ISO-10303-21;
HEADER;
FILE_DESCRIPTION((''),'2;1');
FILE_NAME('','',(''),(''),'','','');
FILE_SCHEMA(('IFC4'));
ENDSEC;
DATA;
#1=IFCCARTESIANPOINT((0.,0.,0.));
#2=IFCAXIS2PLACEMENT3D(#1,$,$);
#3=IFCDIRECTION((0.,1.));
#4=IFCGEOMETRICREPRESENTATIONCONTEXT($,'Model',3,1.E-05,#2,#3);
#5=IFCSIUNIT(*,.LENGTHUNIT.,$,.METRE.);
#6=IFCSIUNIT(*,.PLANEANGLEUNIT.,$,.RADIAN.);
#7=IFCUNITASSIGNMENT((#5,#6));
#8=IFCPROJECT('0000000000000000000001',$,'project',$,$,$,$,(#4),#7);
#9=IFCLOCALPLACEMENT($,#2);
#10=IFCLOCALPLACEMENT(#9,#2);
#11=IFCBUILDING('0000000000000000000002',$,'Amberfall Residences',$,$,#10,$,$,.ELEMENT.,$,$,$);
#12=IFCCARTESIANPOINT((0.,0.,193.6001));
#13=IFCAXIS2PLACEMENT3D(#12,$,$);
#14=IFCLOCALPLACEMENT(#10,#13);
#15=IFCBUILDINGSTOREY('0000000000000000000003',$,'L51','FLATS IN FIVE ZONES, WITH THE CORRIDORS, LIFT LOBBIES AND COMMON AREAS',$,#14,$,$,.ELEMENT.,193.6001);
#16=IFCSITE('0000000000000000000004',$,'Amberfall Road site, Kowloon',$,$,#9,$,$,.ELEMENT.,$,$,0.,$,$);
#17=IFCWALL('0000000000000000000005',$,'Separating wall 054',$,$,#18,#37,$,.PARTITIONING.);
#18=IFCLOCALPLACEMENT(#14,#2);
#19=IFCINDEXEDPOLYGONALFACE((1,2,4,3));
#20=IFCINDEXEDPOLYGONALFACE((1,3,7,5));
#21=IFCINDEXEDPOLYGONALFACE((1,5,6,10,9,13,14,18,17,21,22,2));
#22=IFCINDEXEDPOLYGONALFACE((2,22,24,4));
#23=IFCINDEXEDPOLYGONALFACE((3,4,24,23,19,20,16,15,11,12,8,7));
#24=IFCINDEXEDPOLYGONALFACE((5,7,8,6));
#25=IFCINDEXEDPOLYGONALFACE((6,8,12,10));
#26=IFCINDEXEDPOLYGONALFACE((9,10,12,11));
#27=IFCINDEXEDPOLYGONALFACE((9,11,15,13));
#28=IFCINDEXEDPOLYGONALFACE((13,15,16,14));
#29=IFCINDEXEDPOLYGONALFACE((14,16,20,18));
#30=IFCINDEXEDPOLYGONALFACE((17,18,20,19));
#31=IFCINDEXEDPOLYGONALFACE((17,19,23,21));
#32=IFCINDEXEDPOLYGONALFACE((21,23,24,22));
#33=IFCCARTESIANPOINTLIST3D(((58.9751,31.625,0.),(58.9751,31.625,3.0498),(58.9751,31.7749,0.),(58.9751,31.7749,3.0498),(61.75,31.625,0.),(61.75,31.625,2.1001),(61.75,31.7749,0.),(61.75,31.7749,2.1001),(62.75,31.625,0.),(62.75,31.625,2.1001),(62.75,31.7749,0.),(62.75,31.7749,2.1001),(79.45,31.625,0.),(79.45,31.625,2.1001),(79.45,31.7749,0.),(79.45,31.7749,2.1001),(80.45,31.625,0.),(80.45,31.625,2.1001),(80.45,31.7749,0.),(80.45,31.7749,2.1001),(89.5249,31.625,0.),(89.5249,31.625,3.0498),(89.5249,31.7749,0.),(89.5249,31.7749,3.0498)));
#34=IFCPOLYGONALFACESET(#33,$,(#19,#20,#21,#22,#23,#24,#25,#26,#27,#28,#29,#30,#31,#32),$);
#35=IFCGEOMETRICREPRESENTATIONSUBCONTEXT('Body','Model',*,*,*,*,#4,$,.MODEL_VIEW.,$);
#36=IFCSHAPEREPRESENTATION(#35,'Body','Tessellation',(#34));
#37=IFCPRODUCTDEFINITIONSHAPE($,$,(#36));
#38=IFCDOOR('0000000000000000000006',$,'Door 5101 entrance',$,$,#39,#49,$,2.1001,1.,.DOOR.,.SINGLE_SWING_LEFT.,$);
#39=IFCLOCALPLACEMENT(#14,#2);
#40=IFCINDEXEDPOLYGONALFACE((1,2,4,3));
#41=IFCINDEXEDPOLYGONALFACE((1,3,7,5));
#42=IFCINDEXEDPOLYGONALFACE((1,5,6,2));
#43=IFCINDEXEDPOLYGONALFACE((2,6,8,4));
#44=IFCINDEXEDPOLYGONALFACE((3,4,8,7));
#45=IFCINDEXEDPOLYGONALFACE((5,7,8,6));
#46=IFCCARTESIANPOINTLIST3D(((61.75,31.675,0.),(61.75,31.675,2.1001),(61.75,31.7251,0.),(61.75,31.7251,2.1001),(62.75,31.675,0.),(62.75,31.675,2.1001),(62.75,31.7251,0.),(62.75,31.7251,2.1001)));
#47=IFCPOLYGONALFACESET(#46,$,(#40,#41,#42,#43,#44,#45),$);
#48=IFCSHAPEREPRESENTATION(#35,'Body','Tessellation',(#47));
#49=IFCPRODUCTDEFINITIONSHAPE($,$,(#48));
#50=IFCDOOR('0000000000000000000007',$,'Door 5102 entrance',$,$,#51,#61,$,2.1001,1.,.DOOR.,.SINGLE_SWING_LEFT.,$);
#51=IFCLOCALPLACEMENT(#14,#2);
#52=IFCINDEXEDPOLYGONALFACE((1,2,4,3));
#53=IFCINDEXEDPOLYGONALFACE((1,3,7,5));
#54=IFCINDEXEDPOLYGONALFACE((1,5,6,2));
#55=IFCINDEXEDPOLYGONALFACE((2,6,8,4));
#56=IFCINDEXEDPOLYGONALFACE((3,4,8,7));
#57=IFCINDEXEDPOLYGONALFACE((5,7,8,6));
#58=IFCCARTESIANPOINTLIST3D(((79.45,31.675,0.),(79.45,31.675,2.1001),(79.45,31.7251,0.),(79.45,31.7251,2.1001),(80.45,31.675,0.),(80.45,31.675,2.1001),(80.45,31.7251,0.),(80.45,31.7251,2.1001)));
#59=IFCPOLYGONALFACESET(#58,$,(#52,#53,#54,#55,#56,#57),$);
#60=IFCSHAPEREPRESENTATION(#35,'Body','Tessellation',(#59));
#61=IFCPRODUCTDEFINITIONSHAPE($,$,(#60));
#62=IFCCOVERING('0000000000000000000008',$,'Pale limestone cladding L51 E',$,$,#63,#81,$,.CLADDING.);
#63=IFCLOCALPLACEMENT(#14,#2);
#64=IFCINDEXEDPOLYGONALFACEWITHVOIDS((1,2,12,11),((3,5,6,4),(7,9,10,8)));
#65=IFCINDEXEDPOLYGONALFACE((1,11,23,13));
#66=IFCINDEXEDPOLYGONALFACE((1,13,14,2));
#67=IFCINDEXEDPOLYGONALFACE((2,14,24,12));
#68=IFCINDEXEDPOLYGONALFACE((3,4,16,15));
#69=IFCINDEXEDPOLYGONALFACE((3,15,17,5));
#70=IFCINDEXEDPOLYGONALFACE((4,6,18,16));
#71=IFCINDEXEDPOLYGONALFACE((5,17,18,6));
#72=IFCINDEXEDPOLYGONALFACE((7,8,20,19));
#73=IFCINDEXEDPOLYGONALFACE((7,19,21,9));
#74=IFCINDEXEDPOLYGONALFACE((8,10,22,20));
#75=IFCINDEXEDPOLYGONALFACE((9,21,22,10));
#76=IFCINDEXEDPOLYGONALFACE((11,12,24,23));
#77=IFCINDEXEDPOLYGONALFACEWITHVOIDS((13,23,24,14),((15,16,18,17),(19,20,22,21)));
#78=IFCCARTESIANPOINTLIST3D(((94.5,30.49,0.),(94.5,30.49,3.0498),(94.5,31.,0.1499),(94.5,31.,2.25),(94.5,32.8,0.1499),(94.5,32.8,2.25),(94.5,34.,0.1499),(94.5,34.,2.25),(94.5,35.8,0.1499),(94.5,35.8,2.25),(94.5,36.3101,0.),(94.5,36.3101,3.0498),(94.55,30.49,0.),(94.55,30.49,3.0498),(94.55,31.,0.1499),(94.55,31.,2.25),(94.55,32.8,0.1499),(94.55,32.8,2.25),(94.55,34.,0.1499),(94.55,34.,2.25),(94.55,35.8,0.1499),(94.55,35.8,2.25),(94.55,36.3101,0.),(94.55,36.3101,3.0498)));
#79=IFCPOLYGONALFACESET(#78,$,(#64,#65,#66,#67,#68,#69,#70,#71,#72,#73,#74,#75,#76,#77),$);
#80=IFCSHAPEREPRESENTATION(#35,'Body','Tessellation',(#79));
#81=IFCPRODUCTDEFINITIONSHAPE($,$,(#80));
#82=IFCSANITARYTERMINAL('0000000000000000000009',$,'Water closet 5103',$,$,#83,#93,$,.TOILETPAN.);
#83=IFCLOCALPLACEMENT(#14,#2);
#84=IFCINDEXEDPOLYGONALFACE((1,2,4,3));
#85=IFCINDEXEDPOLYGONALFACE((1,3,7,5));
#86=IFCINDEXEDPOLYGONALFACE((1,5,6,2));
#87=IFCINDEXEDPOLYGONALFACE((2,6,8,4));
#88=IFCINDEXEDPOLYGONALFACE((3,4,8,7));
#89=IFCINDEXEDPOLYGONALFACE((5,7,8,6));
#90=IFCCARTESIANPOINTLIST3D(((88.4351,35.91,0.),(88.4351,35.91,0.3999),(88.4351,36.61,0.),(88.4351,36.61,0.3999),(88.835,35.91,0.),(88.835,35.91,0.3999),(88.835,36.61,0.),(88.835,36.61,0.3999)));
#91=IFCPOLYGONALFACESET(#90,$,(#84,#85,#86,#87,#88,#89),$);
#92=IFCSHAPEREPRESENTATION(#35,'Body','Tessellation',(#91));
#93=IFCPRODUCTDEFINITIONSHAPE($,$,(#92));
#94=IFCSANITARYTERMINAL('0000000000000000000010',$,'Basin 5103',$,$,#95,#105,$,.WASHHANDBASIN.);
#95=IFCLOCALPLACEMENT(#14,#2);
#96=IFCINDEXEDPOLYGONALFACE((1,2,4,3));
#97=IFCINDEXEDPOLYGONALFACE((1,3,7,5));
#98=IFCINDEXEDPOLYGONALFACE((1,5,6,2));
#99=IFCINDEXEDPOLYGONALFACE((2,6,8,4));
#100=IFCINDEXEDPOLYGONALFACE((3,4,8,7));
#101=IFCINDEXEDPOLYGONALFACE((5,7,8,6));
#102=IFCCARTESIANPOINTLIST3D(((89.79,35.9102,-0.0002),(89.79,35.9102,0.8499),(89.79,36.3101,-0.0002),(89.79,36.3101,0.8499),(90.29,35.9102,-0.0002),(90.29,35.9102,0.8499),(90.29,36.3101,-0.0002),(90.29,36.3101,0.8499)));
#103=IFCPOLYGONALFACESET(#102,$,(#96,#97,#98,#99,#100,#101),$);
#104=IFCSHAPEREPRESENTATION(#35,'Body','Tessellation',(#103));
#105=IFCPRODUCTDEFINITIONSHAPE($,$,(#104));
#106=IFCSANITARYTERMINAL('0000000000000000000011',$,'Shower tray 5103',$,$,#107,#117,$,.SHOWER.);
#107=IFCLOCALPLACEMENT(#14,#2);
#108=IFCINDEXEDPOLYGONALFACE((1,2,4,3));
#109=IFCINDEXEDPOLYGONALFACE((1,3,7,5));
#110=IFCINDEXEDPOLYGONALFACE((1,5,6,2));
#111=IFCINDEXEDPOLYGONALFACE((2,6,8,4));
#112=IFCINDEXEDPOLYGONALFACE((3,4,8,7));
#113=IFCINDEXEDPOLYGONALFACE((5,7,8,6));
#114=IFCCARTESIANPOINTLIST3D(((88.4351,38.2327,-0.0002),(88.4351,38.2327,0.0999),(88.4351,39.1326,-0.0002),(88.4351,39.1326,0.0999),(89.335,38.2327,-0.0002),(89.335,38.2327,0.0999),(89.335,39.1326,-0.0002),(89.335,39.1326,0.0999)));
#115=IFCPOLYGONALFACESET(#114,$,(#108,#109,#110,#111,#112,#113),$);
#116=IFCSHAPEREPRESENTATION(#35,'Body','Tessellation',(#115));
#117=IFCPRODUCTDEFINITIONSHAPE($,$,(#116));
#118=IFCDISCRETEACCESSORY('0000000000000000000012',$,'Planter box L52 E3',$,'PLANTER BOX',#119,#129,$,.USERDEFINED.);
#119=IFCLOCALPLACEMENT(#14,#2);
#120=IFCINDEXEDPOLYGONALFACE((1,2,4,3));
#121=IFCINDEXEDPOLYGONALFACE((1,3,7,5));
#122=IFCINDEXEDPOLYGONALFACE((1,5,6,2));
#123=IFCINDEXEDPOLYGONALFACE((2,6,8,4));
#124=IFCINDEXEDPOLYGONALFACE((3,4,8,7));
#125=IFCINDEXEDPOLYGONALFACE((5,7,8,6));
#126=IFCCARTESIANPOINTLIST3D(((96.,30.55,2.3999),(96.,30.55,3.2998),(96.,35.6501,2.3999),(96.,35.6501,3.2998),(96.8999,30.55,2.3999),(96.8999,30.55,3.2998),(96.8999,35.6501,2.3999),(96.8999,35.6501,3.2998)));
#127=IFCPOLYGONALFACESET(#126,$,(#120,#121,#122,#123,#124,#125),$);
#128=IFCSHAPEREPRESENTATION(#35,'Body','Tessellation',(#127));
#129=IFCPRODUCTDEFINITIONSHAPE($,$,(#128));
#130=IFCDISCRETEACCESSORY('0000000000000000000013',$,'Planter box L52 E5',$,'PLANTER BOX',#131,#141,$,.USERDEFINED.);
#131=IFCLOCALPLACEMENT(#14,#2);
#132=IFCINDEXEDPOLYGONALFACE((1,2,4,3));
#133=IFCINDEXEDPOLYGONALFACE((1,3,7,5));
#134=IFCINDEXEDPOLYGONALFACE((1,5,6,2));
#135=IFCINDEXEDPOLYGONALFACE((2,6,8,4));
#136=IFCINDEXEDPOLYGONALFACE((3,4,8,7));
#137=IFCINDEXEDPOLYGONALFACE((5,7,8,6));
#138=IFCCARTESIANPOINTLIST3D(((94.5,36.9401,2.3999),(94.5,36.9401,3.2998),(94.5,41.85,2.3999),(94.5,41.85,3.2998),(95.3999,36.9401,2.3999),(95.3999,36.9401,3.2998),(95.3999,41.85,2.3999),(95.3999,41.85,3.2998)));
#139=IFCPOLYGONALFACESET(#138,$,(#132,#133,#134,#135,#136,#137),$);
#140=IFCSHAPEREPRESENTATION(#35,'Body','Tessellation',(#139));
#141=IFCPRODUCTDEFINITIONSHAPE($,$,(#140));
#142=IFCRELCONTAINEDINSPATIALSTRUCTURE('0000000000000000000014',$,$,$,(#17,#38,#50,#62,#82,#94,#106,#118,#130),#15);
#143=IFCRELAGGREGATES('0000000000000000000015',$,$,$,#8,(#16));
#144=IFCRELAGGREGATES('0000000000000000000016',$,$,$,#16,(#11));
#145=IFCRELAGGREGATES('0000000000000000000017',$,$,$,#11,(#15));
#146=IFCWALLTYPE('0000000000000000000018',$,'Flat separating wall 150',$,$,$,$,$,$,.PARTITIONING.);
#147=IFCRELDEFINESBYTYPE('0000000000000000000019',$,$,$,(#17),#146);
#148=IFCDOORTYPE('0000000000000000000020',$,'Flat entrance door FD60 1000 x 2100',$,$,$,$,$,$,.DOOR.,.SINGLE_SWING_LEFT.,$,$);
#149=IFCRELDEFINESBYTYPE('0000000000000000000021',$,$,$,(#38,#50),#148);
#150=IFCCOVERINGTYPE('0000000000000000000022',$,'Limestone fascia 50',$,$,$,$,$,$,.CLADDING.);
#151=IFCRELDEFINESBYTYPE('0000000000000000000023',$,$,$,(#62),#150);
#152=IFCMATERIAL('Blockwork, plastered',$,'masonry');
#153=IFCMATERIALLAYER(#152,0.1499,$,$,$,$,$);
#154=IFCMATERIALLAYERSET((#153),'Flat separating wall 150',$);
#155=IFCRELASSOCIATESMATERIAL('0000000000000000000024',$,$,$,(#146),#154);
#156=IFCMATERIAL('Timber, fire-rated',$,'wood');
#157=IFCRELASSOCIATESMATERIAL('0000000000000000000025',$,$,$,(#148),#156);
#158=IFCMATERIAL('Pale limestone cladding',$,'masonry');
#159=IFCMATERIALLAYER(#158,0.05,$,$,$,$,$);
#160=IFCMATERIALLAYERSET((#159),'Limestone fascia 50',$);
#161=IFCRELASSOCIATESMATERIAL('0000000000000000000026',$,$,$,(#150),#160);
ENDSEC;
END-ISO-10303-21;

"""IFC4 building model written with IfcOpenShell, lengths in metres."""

from ifc_helpers import new_model, si_unit, direction, frame, frame_2d, origin, origin_2d, place, context, subcontext, project, spatial, polyline, rectangle, outline, extrude, material, layer, layer_set, type_object, element, fill, save


model = new_model("IFC4")

# Units and contexts
model_context = context("Model", 3, precision=1e-05, world=origin(), true_north=direction((0.0, 1.0)))
body_context = subcontext(model_context, "Body", "Model", "MODEL_VIEW")
ifc_project = project(units=[si_unit("LENGTHUNIT", "METRE"), si_unit("PLANEANGLEUNIT", "RADIAN")], contexts=[model_context])

# Site, building, storey
site_placement = place(None, origin())
site = spatial("IfcSite", under=ifc_project, at=site_placement, Name="Amberfall Road site, Kowloon", CompositionType="ELEMENT", RefElevation=0.0)
building_placement = place(site_placement, origin())
building = spatial("IfcBuilding", under=site, at=building_placement, Name="Amberfall Residences", CompositionType="ELEMENT")
storey_placement = place(building_placement, frame((0.0, 0.0, 193.6001)))
storey = spatial("IfcBuildingStorey", under=building, at=storey_placement, Name="L51", Description="FLATS IN FIVE ZONES, WITH THE CORRIDORS, LIFT LOBBIES AND COMMON AREAS", CompositionType="ELEMENT", Elevation=193.6001)

# Shared definitions
ifc_material_1 = material(Name="Blockwork, plastered", Category="masonry")
ifc_layer_1 = layer(ifc_material_1, 0.1499)
ifc_layer_set_1 = layer_set([ifc_layer_1], Name="Flat separating wall 150")
wall_type_1 = type_object("IfcWallType", Name="Flat separating wall 150", PredefinedType="PARTITIONING", material=ifc_layer_set_1)

# Wall, openings, doors
wall_1_placement = place(storey_placement, frame((89.5249, 31.7, 0.0), z_axis=(0.0, 0.0, 1.0), x_axis=(-1.0, 0.0, 0.0)))
wall_1 = element("IfcWall", 1, at=wall_1_placement, inside=storey, type_object=wall_type_1, Name="Separating wall 054", PredefinedType="PARTITIONING", context=body_context, shape_type="SweptSolid", body=[
    extrude(rectangle(XDim=30.5498, YDim=0.1499, at=frame_2d((15.2749, 0.0))), origin(), (0.0, 0.0, 1.0), 3.0498),
])
opening_1_placement = place(wall_1_placement, frame((26.7749, 0.0, 0.0)))
opening_1 = element("IfcOpeningElement", 2, at=opening_1_placement, cuts=wall_1, PredefinedType="OPENING", context=body_context, shape_type="SweptSolid", body=[
    extrude(rectangle(XDim=1.0, YDim=2.1001, at=frame_2d((0.5, 1.05))), frame((0.0, 0.085, 0.0), z_axis=(0.0, -1.0, 0.0), x_axis=(1.0, 0.0, 0.0)), (0.0, 0.0, 1.0), 0.1699),
])
opening_2_placement = place(wall_1_placement, frame((9.075, 0.0, 0.0)))
opening_2 = element("IfcOpeningElement", 3, at=opening_2_placement, cuts=wall_1, PredefinedType="OPENING", context=body_context, shape_type="SweptSolid", body=[
    extrude(rectangle(XDim=1.0, YDim=2.1001, at=frame_2d((0.5, 1.05))), frame((0.0, 0.085, 0.0), z_axis=(0.0, -1.0, 0.0), x_axis=(1.0, 0.0, 0.0)), (0.0, 0.0, 1.0), 0.1699),
])
ifc_material_2 = material(Name="Timber, fire-rated", Category="wood")
door_type_1 = type_object("IfcDoorType", Name="Flat entrance door FD60 1000 x 2100", OperationType="SINGLE_SWING_LEFT", PredefinedType="DOOR", material=ifc_material_2)
door_1_placement = place(opening_1_placement, origin())
door_1 = element("IfcDoor", 4, at=door_1_placement, inside=storey, type_object=door_type_1, Name="Door 5101 entrance", OperationType="SINGLE_SWING_LEFT", OverallHeight=2.1001, OverallWidth=1.0, PredefinedType="DOOR", context=body_context, shape_type="SweptSolid", body=[
    extrude(rectangle(XDim=1.0, YDim=2.1001, at=frame_2d((0.5, 1.05))), frame((0.0, 0.0249, 0.0), z_axis=(0.0, -1.0, 0.0), x_axis=(1.0, 0.0, 0.0)), (0.0, 0.0, 1.0), 0.05),
])
fill(opening_1, door_1)
door_2_placement = place(opening_2_placement, origin())
door_2 = element("IfcDoor", 5, at=door_2_placement, inside=storey, type_object=door_type_1, Name="Door 5102 entrance", OperationType="SINGLE_SWING_LEFT", OverallHeight=2.1001, OverallWidth=1.0, PredefinedType="DOOR", context=body_context, shape_type="SweptSolid", body=[
    extrude(rectangle(XDim=1.0, YDim=2.1001, at=frame_2d((0.5, 1.05))), frame((0.0, 0.0249, 0.0), z_axis=(0.0, -1.0, 0.0), x_axis=(1.0, 0.0, 0.0)), (0.0, 0.0, 1.0), 0.05),
])
fill(opening_2, door_2)

# Covering
ifc_material_3 = material(Name="Pale limestone cladding", Category="masonry")
ifc_layer_2 = layer(ifc_material_3, 0.05)
ifc_layer_set_2 = layer_set([ifc_layer_2], Name="Limestone fascia 50")
covering_type = type_object("IfcCoveringType", Name="Limestone fascia 50", PredefinedType="CLADDING", material=ifc_layer_set_2)
covering_placement = place(storey_placement, frame((94.5, 30.49, 3.0498), z_axis=(-1.0, 0.0, 0.0), x_axis=(0.0, 1.0, 0.0)))
element("IfcCovering", 6, at=covering_placement, inside=storey, type_object=covering_type, Name="Pale limestone cladding L51 E", PredefinedType="CLADDING", context=body_context, shape_type="SweptSolid", body=[
    extrude(outline(polyline([(0.0, 0.0), (5.8201, 0.0), (5.8201, 3.0498), (0.0, 3.0498), (0.0, 0.0)]), holes=[polyline([(0.51, 0.7998), (2.3101, 0.7998), (2.3101, 2.8999), (0.51, 2.8999), (0.51, 0.7998)]), polyline([(3.51, 0.7998), (5.3101, 0.7998), (5.3101, 2.8999), (3.51, 2.8999), (3.51, 0.7998)])]), origin(), (0.0, 0.0, -1.0), 0.05),
])

# Sanitary terminals
sanitary_terminal_1_placement = place(storey_placement, frame((88.635, 36.26, 0.0), z_axis=(0.0, 0.0, 1.0), x_axis=(1.0, 0.0, 0.0)))
element("IfcSanitaryTerminal", 7, at=sanitary_terminal_1_placement, inside=storey, Name="Water closet 5103", PredefinedType="TOILETPAN", context=body_context, shape_type="SweptSolid", body=[
    extrude(rectangle(XDim=0.3999, YDim=0.7, at=origin_2d()), origin(), (0.0, 0.0, 1.0), 0.3999),
])
sanitary_terminal_2_placement = place(storey_placement, frame((90.04, 36.1101, -0.0002), z_axis=(0.0, 0.0, 1.0), x_axis=(1.0, 0.0, 0.0)))
element("IfcSanitaryTerminal", 8, at=sanitary_terminal_2_placement, inside=storey, Name="Basin 5103", PredefinedType="WASHHANDBASIN", context=body_context, shape_type="SweptSolid", body=[
    extrude(rectangle(XDim=0.5, YDim=0.3999, at=origin_2d()), origin(), (0.0, 0.0, 1.0), 0.8501),
])
sanitary_terminal_3_placement = place(storey_placement, frame((88.885, 38.6826, -0.0002), z_axis=(0.0, 0.0, 1.0), x_axis=(1.0, 0.0, 0.0)))
element("IfcSanitaryTerminal", 9, at=sanitary_terminal_3_placement, inside=storey, Name="Shower tray 5103", PredefinedType="SHOWER", context=body_context, shape_type="SweptSolid", body=[
    extrude(rectangle(XDim=0.8999, YDim=0.8999, at=origin_2d()), origin(), (0.0, 0.0, 1.0), 0.1001),
])

# Discrete accessories
discrete_accessory_1_placement = place(storey_placement, frame((96.45, 33.1001, 2.3999), z_axis=(0.0, 0.0, 1.0), x_axis=(0.0, 1.0, 0.0)))
element("IfcDiscreteAccessory", 10, at=discrete_accessory_1_placement, inside=storey, Name="Planter box L52 E3", ObjectType="PLANTER BOX", PredefinedType="USERDEFINED", context=body_context, shape_type="SweptSolid", body=[
    extrude(rectangle(XDim=5.1001, YDim=0.8999, at=origin_2d()), origin(), (0.0, 0.0, 1.0), 0.8999),
])
discrete_accessory_2_placement = place(storey_placement, frame((94.95, 39.395, 2.3999), z_axis=(0.0, 0.0, 1.0), x_axis=(0.0, 1.0, 0.0)))
element("IfcDiscreteAccessory", 11, at=discrete_accessory_2_placement, inside=storey, Name="Planter box L52 E5", ObjectType="PLANTER BOX", PredefinedType="USERDEFINED", context=body_context, shape_type="SweptSolid", body=[
    extrude(rectangle(XDim=4.9099, YDim=0.8999, at=origin_2d()), origin(), (0.0, 0.0, 1.0), 0.8999),
])

save(model, "model.ifc")
